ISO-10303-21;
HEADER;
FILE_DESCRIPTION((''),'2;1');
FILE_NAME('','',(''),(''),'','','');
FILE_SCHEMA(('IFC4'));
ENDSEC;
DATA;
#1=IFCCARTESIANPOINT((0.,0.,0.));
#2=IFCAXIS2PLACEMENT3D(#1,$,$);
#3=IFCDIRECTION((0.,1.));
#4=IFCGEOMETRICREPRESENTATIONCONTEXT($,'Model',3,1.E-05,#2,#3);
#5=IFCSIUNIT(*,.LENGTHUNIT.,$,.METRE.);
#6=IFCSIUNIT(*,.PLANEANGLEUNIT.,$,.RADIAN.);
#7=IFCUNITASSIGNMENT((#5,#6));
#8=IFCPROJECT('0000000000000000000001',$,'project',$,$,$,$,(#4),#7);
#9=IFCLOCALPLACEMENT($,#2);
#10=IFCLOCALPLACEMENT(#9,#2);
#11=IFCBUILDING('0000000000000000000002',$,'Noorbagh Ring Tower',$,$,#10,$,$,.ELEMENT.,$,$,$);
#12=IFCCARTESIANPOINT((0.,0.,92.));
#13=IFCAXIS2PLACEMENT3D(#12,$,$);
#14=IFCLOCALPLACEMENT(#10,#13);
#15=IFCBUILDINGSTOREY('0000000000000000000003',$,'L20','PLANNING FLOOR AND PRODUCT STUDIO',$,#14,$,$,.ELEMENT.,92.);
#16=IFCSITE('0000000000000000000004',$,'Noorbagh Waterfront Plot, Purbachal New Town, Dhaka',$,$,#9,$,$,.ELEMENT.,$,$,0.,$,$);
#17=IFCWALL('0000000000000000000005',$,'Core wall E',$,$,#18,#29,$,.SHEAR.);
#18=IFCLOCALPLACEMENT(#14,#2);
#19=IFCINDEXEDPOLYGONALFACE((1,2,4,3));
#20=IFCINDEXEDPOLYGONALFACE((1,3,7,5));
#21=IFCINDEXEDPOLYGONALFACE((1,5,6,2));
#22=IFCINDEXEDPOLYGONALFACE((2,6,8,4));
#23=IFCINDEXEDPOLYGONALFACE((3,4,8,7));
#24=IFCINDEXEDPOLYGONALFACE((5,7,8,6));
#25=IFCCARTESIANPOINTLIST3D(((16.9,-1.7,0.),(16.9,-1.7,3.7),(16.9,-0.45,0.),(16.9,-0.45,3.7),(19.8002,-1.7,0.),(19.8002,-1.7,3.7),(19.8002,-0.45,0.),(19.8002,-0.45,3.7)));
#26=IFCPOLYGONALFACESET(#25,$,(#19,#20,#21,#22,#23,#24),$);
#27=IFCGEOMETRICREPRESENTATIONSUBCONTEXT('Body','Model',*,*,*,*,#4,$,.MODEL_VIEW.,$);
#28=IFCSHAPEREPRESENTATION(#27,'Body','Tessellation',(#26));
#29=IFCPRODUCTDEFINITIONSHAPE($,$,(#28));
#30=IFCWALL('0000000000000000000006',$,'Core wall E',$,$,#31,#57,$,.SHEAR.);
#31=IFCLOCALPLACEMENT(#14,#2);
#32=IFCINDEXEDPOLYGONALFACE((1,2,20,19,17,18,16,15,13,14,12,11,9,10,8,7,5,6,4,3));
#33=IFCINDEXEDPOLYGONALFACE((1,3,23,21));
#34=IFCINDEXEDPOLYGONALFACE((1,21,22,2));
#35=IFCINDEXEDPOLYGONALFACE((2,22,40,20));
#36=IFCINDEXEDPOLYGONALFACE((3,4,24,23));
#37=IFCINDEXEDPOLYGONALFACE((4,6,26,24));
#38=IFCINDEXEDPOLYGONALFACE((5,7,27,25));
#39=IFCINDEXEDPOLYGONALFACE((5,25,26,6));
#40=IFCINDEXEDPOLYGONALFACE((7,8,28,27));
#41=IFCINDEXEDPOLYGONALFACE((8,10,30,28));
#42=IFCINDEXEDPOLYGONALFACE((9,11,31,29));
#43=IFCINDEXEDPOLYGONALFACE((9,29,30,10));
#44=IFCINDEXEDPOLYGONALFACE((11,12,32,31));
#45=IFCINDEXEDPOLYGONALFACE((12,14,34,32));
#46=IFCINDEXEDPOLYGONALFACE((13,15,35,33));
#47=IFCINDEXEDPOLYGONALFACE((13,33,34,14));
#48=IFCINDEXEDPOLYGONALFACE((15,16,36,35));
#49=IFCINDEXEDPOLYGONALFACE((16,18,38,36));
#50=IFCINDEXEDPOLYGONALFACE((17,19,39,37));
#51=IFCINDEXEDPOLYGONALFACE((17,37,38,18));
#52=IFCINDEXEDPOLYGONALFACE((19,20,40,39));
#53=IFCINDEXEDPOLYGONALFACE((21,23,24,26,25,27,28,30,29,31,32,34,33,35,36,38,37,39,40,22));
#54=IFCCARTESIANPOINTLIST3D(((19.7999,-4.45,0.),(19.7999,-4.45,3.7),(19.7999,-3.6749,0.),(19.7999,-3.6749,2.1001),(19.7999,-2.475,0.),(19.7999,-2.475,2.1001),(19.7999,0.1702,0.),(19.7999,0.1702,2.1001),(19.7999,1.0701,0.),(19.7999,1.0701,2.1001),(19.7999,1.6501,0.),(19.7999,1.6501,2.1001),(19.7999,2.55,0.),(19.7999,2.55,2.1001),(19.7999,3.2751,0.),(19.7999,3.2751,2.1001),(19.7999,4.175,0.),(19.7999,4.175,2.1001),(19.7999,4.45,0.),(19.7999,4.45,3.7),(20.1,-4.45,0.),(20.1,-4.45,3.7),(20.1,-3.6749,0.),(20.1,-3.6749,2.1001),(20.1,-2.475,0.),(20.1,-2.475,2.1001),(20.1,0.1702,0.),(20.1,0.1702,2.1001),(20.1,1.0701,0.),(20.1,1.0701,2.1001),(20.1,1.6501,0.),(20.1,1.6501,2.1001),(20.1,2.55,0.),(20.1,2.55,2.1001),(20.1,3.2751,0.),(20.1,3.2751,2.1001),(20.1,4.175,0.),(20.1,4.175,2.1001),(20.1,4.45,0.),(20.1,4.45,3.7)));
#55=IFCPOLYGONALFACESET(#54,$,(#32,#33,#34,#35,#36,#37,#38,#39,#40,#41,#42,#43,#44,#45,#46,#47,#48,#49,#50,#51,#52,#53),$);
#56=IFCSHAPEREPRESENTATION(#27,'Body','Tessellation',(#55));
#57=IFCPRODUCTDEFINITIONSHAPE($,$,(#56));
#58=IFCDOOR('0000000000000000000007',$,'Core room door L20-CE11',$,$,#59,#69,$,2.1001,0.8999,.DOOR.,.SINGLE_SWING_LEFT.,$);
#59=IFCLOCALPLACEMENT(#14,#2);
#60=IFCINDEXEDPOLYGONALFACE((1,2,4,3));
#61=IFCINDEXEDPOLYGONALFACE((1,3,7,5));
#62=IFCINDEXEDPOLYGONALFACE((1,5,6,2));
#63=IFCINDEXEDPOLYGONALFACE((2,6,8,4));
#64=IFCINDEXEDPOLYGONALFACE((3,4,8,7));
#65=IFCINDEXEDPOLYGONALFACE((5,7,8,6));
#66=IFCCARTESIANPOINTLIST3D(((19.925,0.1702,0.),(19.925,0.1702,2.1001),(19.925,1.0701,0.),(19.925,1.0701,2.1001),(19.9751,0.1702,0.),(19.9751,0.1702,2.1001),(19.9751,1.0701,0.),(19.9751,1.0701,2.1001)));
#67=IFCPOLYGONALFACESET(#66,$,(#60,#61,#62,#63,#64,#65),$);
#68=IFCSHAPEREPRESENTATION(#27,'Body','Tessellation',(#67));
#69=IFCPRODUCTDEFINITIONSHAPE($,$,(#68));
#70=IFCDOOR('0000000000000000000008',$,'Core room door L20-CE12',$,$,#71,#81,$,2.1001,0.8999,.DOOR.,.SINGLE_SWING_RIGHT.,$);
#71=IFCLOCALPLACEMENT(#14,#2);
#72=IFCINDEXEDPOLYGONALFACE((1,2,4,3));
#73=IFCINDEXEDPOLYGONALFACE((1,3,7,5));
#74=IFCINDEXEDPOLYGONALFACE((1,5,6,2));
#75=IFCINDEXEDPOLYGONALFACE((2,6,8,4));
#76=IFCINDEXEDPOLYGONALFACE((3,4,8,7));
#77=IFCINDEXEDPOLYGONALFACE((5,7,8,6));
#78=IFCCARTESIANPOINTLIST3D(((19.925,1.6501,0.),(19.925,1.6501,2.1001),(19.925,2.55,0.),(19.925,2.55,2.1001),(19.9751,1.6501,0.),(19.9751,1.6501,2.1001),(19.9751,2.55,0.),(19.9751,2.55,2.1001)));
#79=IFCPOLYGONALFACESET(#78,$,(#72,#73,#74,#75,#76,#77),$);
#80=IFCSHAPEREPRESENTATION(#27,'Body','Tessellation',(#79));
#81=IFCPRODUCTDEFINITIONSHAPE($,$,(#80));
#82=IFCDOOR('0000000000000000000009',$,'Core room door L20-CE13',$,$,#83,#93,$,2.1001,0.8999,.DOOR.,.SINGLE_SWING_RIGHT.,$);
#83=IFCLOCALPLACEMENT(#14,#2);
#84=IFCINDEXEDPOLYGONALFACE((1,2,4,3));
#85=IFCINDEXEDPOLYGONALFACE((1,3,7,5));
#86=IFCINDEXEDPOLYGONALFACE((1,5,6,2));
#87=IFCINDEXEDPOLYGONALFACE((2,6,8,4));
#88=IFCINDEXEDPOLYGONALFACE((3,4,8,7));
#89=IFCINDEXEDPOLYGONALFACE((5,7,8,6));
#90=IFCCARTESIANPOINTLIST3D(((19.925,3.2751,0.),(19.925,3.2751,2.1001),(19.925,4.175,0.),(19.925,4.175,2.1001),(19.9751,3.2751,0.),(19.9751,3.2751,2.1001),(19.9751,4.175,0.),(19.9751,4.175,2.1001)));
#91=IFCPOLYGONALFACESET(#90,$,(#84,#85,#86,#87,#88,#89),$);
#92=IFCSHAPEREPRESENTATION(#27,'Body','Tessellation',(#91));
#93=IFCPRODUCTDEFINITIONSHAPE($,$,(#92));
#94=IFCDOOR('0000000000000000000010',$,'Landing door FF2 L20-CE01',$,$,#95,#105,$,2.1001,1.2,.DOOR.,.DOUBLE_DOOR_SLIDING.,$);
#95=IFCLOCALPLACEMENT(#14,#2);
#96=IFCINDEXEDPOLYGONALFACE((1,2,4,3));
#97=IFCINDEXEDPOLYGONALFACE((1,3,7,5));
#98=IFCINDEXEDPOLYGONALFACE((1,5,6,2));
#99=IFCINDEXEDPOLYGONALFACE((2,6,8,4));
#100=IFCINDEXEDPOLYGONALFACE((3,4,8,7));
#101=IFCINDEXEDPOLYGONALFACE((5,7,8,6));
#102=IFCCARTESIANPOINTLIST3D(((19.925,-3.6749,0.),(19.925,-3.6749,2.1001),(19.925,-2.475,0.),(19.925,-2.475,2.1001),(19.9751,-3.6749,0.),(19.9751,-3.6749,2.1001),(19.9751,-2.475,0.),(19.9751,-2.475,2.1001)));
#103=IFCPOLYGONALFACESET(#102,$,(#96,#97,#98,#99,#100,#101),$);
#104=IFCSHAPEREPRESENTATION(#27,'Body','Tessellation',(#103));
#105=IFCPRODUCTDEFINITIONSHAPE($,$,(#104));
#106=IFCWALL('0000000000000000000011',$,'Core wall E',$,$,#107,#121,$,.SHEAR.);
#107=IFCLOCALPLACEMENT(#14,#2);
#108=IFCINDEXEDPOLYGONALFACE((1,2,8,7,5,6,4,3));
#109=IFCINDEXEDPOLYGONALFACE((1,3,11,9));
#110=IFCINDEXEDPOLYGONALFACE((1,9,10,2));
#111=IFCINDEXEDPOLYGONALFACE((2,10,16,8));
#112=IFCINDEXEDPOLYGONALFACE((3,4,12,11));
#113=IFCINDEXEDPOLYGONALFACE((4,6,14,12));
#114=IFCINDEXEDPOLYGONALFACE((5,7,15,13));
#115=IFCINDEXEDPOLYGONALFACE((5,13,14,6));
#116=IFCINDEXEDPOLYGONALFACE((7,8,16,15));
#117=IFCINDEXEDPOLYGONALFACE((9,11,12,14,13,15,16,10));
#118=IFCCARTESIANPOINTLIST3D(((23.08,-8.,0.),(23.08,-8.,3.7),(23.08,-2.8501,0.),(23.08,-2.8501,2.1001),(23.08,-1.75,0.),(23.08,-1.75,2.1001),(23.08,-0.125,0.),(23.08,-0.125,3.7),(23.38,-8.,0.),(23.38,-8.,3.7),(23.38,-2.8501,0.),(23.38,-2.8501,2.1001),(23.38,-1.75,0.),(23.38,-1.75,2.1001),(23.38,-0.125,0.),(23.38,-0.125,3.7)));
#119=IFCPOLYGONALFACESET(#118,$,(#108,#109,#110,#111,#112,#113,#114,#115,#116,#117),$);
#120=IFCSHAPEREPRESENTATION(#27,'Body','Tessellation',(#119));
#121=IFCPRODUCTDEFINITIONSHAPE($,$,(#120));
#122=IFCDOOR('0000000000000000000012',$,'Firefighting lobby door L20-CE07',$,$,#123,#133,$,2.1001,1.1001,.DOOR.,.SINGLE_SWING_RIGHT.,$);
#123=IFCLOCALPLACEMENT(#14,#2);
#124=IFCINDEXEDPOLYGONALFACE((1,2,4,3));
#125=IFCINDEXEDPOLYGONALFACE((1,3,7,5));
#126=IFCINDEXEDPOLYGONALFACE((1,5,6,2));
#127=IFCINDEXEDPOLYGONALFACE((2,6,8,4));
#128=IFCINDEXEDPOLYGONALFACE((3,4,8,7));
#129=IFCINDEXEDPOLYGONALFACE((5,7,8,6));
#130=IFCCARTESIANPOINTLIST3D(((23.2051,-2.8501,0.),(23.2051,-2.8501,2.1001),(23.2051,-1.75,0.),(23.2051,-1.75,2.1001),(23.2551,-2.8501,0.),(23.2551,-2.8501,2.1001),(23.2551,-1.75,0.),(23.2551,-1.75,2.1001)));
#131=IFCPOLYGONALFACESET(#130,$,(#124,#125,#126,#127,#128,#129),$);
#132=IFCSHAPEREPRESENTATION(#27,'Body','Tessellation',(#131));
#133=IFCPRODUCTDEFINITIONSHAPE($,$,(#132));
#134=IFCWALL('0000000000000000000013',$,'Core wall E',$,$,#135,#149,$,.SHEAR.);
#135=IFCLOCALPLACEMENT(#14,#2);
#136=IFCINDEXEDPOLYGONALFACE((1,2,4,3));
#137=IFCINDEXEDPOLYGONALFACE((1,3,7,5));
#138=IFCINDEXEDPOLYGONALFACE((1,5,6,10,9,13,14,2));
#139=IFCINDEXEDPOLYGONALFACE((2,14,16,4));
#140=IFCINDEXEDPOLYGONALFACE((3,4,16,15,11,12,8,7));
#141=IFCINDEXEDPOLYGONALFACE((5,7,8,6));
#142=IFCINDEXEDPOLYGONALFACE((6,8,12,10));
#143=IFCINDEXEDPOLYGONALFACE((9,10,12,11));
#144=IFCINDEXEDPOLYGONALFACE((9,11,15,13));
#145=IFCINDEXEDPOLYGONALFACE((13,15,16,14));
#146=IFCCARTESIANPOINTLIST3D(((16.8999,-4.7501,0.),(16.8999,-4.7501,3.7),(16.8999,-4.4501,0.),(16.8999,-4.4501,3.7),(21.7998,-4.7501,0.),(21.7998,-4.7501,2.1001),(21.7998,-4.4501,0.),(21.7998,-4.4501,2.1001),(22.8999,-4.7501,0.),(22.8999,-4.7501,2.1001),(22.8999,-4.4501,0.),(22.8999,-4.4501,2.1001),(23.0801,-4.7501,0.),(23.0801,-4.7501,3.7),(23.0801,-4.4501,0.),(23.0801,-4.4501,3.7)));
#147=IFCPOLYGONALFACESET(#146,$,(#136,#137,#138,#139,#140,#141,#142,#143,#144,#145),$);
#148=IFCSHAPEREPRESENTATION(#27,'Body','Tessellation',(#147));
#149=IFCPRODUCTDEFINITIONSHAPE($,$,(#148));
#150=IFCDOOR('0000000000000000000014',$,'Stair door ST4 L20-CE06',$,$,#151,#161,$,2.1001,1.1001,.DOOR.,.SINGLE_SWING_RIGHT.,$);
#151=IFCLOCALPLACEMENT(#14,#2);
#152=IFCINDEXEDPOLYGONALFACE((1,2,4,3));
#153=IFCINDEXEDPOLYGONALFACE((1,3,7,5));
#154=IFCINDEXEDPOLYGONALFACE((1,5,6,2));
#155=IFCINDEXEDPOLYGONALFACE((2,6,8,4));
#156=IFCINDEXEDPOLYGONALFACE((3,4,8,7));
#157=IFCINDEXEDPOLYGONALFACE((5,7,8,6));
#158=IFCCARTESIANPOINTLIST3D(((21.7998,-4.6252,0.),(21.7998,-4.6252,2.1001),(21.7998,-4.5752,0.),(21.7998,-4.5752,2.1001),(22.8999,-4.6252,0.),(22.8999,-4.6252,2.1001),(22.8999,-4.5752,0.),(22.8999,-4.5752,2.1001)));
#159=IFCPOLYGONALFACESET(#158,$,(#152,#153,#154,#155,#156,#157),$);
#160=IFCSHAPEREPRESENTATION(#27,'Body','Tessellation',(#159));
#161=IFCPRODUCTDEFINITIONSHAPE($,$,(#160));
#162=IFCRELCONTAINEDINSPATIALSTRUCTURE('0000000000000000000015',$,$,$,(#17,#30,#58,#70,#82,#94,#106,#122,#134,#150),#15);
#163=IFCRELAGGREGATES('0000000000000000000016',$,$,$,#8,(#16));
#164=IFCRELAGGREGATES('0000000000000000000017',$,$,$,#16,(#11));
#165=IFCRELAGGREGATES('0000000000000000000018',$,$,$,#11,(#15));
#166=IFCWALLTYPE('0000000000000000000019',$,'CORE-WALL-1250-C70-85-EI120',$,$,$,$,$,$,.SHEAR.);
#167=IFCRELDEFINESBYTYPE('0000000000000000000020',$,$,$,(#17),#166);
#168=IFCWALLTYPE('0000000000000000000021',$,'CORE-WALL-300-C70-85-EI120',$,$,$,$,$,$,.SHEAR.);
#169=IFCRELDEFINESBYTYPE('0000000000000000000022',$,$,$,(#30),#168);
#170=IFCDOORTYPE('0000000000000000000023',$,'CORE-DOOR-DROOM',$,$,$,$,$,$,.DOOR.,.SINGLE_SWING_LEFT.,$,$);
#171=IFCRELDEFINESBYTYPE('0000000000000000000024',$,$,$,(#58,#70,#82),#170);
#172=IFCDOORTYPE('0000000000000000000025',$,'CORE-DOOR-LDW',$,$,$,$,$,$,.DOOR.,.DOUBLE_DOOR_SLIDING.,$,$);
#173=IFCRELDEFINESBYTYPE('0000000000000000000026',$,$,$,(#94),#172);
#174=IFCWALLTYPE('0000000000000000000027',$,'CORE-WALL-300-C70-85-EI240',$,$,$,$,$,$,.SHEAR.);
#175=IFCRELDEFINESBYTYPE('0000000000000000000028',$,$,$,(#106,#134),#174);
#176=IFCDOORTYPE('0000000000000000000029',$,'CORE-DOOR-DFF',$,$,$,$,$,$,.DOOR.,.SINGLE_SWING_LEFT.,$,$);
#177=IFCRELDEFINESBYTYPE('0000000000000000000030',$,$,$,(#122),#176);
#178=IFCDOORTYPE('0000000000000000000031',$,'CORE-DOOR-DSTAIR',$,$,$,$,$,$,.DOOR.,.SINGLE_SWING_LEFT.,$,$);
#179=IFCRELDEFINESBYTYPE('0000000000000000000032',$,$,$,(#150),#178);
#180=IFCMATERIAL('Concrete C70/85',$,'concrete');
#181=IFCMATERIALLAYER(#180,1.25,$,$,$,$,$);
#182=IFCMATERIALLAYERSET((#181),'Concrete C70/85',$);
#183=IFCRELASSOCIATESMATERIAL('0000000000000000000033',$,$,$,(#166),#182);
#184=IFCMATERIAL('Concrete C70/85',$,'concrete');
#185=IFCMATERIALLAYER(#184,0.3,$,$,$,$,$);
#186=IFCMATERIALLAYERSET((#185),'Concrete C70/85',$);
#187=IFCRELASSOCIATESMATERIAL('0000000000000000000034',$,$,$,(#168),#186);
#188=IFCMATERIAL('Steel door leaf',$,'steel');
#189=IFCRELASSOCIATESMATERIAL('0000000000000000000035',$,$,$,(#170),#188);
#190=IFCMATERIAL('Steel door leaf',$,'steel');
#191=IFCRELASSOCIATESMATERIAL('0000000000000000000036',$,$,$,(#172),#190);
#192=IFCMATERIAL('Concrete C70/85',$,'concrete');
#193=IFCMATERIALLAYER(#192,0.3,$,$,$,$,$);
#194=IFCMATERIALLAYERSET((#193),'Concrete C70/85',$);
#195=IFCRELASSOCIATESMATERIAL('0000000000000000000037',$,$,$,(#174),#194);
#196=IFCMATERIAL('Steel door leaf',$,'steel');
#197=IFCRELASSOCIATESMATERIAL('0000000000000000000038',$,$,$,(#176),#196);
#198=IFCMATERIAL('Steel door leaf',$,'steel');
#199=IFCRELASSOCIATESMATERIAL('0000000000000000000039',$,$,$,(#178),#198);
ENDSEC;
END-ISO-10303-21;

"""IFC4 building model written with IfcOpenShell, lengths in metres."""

from ifc_helpers import new_model, si_unit, direction, frame, frame_2d, origin, place, context, subcontext, project, spatial, rectangle, extrude, material, layer, layer_set, type_object, element, fill, save


model = new_model("IFC4")

# Units and contexts
model_context = context("Model", 3, precision=1e-05, world=origin(), true_north=direction((0.0, 1.0)))
body_context = subcontext(model_context, "Body", "Model", "MODEL_VIEW")
ifc_project = project(units=[si_unit("LENGTHUNIT", "METRE"), si_unit("PLANEANGLEUNIT", "RADIAN")], contexts=[model_context])

# Site, building, storey
site_placement = place(None, origin())
site = spatial("IfcSite", under=ifc_project, at=site_placement, Name="Noorbagh Waterfront Plot, Purbachal New Town, Dhaka", CompositionType="ELEMENT", RefElevation=0.0)
building_placement = place(site_placement, origin())
building = spatial("IfcBuilding", under=site, at=building_placement, Name="Noorbagh Ring Tower", CompositionType="ELEMENT")
storey_placement = place(building_placement, frame((0.0, 0.0, 92.0)))
storey = spatial("IfcBuildingStorey", under=building, at=storey_placement, Name="L20", Description="PLANNING FLOOR AND PRODUCT STUDIO", CompositionType="ELEMENT", Elevation=92.0)

# Wall
ifc_material_1 = material(Name="Concrete C70/85", Category="concrete")
ifc_layer_1 = layer(ifc_material_1, 1.25)
ifc_layer_set_1 = layer_set([ifc_layer_1], Name="Concrete C70/85")
wall_type_1 = type_object("IfcWallType", Name="CORE-WALL-1250-C70-85-EI120", PredefinedType="SHEAR", material=ifc_layer_set_1)
wall_1_placement = place(storey_placement, frame((16.8999, -1.075, 0.0), z_axis=(0.0, 0.0, 1.0), x_axis=(1.0, 0.0, 0.0)))
element("IfcWall", 1, at=wall_1_placement, inside=storey, type_object=wall_type_1, Name="Core wall E", PredefinedType="SHEAR", context=body_context, shape_type="SweptSolid", body=[
    extrude(rectangle(XDim=2.9001, YDim=1.25, at=frame_2d((1.4502, 0.0))), origin(), (0.0, 0.0, 1.0), 3.7),
])

# Wall, openings, doors
ifc_material_2 = material(Name="Concrete C70/85", Category="concrete")
ifc_layer_2 = layer(ifc_material_2, 0.3)
ifc_layer_set_2 = layer_set([ifc_layer_2], Name="Concrete C70/85")
wall_type_2 = type_object("IfcWallType", Name="CORE-WALL-300-C70-85-EI120", PredefinedType="SHEAR", material=ifc_layer_set_2)
wall_2_placement = place(storey_placement, frame((19.95, -4.45, 0.0), z_axis=(0.0, 0.0, 1.0), x_axis=(0.0, 1.0, 0.0)))
wall_2 = element("IfcWall", 2, at=wall_2_placement, inside=storey, type_object=wall_type_2, Name="Core wall E", PredefinedType="SHEAR", context=body_context, shape_type="SweptSolid", body=[
    extrude(rectangle(XDim=8.8999, YDim=0.3, at=frame_2d((4.45, 0.0))), origin(), (0.0, 0.0, 1.0), 3.7),
])
opening_1_placement = place(wall_2_placement, frame((0.7749, 0.0, 0.0)))
opening_1 = element("IfcOpeningElement", 3, at=opening_1_placement, cuts=wall_2, PredefinedType="OPENING", context=body_context, shape_type="SweptSolid", body=[
    extrude(rectangle(XDim=1.2, YDim=2.1001, at=frame_2d((0.6001, 1.05))), frame((0.0, 0.1602, 0.0), z_axis=(0.0, -1.0, 0.0), x_axis=(1.0, 0.0, 0.0)), (0.0, 0.0, 1.0), 0.3201),
])
opening_2_placement = place(wall_2_placement, frame((4.6201, 0.0, 0.0)))
opening_2 = element("IfcOpeningElement", 4, at=opening_2_placement, cuts=wall_2, PredefinedType="OPENING", context=body_context, shape_type="SweptSolid", body=[
    extrude(rectangle(XDim=0.8999, YDim=2.1001, at=frame_2d((0.45, 1.05))), frame((0.0, 0.1602, 0.0), z_axis=(0.0, -1.0, 0.0), x_axis=(1.0, 0.0, 0.0)), (0.0, 0.0, 1.0), 0.3201),
])
opening_3_placement = place(wall_2_placement, frame((6.1001, 0.0, 0.0)))
opening_3 = element("IfcOpeningElement", 5, at=opening_3_placement, cuts=wall_2, PredefinedType="OPENING", context=body_context, shape_type="SweptSolid", body=[
    extrude(rectangle(XDim=0.8999, YDim=2.1001, at=frame_2d((0.45, 1.05))), frame((0.0, 0.1602, 0.0), z_axis=(0.0, -1.0, 0.0), x_axis=(1.0, 0.0, 0.0)), (0.0, 0.0, 1.0), 0.3201),
])
opening_4_placement = place(wall_2_placement, frame((7.7251, 0.0, 0.0)))
opening_4 = element("IfcOpeningElement", 6, at=opening_4_placement, cuts=wall_2, PredefinedType="OPENING", context=body_context, shape_type="SweptSolid", body=[
    extrude(rectangle(XDim=0.8999, YDim=2.1001, at=frame_2d((0.45, 1.05))), frame((0.0, 0.1602, 0.0), z_axis=(0.0, -1.0, 0.0), x_axis=(1.0, 0.0, 0.0)), (0.0, 0.0, 1.0), 0.3201),
])
ifc_material_3 = material(Name="Steel door leaf", Category="steel")
door_type_1 = type_object("IfcDoorType", Name="CORE-DOOR-DROOM", OperationType="SINGLE_SWING_LEFT", PredefinedType="DOOR", material=ifc_material_3)
door_1_placement = place(opening_2_placement, origin())
door_1 = element("IfcDoor", 7, at=door_1_placement, inside=storey, type_object=door_type_1, Name="Core room door L20-CE11", OperationType="SINGLE_SWING_LEFT", OverallHeight=2.1001, OverallWidth=0.8999, PredefinedType="DOOR", context=body_context, shape_type="SweptSolid", body=[
    extrude(rectangle(XDim=0.8999, YDim=2.1001, at=frame_2d((0.45, 1.05))), frame((0.0, 0.0249, 0.0), z_axis=(0.0, -1.0, 0.0), x_axis=(1.0, 0.0, 0.0)), (0.0, 0.0, 1.0), 0.05),
])
fill(opening_2, door_1)
door_2_placement = place(opening_3_placement, origin())
door_2 = element("IfcDoor", 8, at=door_2_placement, inside=storey, type_object=door_type_1, Name="Core room door L20-CE12", OperationType="SINGLE_SWING_RIGHT", OverallHeight=2.1001, OverallWidth=0.8999, PredefinedType="DOOR", context=body_context, shape_type="SweptSolid", body=[
    extrude(rectangle(XDim=0.8999, YDim=2.1001, at=frame_2d((0.45, 1.05))), frame((0.0, 0.0249, 0.0), z_axis=(0.0, -1.0, 0.0), x_axis=(1.0, 0.0, 0.0)), (0.0, 0.0, 1.0), 0.05),
])
fill(opening_3, door_2)
door_3_placement = place(opening_4_placement, origin())
door_3 = element("IfcDoor", 9, at=door_3_placement, inside=storey, type_object=door_type_1, Name="Core room door L20-CE13", OperationType="SINGLE_SWING_RIGHT", OverallHeight=2.1001, OverallWidth=0.8999, PredefinedType="DOOR", context=body_context, shape_type="SweptSolid", body=[
    extrude(rectangle(XDim=0.8999, YDim=2.1001, at=frame_2d((0.45, 1.05))), frame((0.0, 0.0249, 0.0), z_axis=(0.0, -1.0, 0.0), x_axis=(1.0, 0.0, 0.0)), (0.0, 0.0, 1.0), 0.05),
])
fill(opening_4, door_3)
ifc_material_4 = material(Name="Steel door leaf", Category="steel")
door_type_2 = type_object("IfcDoorType", Name="CORE-DOOR-LDW", OperationType="DOUBLE_DOOR_SLIDING", PredefinedType="DOOR", material=ifc_material_4)
door_4_placement = place(opening_1_placement, origin())
door_4 = element("IfcDoor", 10, at=door_4_placement, inside=storey, type_object=door_type_2, Name="Landing door FF2 L20-CE01", OperationType="DOUBLE_DOOR_SLIDING", OverallHeight=2.1001, OverallWidth=1.2, PredefinedType="DOOR", context=body_context, shape_type="SweptSolid", body=[
    extrude(rectangle(XDim=1.2, YDim=2.1001, at=frame_2d((0.6001, 1.05))), frame((0.0, 0.0249, 0.0), z_axis=(0.0, -1.0, 0.0), x_axis=(1.0, 0.0, 0.0)), (0.0, 0.0, 1.0), 0.05),
])
fill(opening_1, door_4)

# Walls, openings, doors
ifc_material_5 = material(Name="Concrete C70/85", Category="concrete")
ifc_layer_3 = layer(ifc_material_5, 0.3)
ifc_layer_set_3 = layer_set([ifc_layer_3], Name="Concrete C70/85")
wall_type_3 = type_object("IfcWallType", Name="CORE-WALL-300-C70-85-EI240", PredefinedType="SHEAR", material=ifc_layer_set_3)
wall_3_placement = place(storey_placement, frame((23.23, -8.0, 0.0), z_axis=(0.0, 0.0, 1.0), x_axis=(0.0, 1.0, 0.0)))
wall_3 = element("IfcWall", 11, at=wall_3_placement, inside=storey, type_object=wall_type_3, Name="Core wall E", PredefinedType="SHEAR", context=body_context, shape_type="SweptSolid", body=[
    extrude(rectangle(XDim=7.875, YDim=0.3, at=frame_2d((3.9375, 0.0))), origin(), (0.0, 0.0, 1.0), 3.7),
])
opening_5_placement = place(wall_3_placement, frame((5.1499, 0.0, 0.0)))
opening_5 = element("IfcOpeningElement", 12, at=opening_5_placement, cuts=wall_3, PredefinedType="OPENING", context=body_context, shape_type="SweptSolid", body=[
    extrude(rectangle(XDim=1.1001, YDim=2.1001, at=frame_2d((0.55, 1.05))), frame((0.0, 0.1602, 0.0), z_axis=(0.0, -1.0, 0.0), x_axis=(1.0, 0.0, 0.0)), (0.0, 0.0, 1.0), 0.3201),
])
ifc_material_6 = material(Name="Steel door leaf", Category="steel")
door_type_3 = type_object("IfcDoorType", Name="CORE-DOOR-DFF", OperationType="SINGLE_SWING_LEFT", PredefinedType="DOOR", material=ifc_material_6)
door_5_placement = place(opening_5_placement, origin())
door_5 = element("IfcDoor", 13, at=door_5_placement, inside=storey, type_object=door_type_3, Name="Firefighting lobby door L20-CE07", OperationType="SINGLE_SWING_RIGHT", OverallHeight=2.1001, OverallWidth=1.1001, PredefinedType="DOOR", context=body_context, shape_type="SweptSolid", body=[
    extrude(rectangle(XDim=1.1001, YDim=2.1001, at=frame_2d((0.55, 1.05))), frame((0.0, 0.0249, 0.0), z_axis=(0.0, -1.0, 0.0), x_axis=(1.0, 0.0, 0.0)), (0.0, 0.0, 1.0), 0.05),
])
fill(opening_5, door_5)
wall_4_placement = place(storey_placement, frame((16.8999, -4.6001, 0.0), z_axis=(0.0, 0.0, 1.0), x_axis=(1.0, 0.0, 0.0)))
wall_4 = element("IfcWall", 14, at=wall_4_placement, inside=storey, type_object=wall_type_3, Name="Core wall E", PredefinedType="SHEAR", context=body_context, shape_type="SweptSolid", body=[
    extrude(rectangle(XDim=6.1802, YDim=0.3, at=frame_2d((3.0901, 0.0))), origin(), (0.0, 0.0, 1.0), 3.7),
])
opening_6_placement = place(wall_4_placement, frame((4.8999, 0.0, 0.0)))
opening_6 = element("IfcOpeningElement", 15, at=opening_6_placement, cuts=wall_4, PredefinedType="OPENING", context=body_context, shape_type="SweptSolid", body=[
    extrude(rectangle(XDim=1.1001, YDim=2.1001, at=frame_2d((0.55, 1.05))), frame((0.0, 0.1602, 0.0), z_axis=(0.0, -1.0, 0.0), x_axis=(1.0, 0.0, 0.0)), (0.0, 0.0, 1.0), 0.3201),
])
ifc_material_7 = material(Name="Steel door leaf", Category="steel")
door_type_4 = type_object("IfcDoorType", Name="CORE-DOOR-DSTAIR", OperationType="SINGLE_SWING_LEFT", PredefinedType="DOOR", material=ifc_material_7)
door_6_placement = place(opening_6_placement, origin())
door_6 = element("IfcDoor", 16, at=door_6_placement, inside=storey, type_object=door_type_4, Name="Stair door ST4 L20-CE06", OperationType="SINGLE_SWING_RIGHT", OverallHeight=2.1001, OverallWidth=1.1001, PredefinedType="DOOR", context=body_context, shape_type="SweptSolid", body=[
    extrude(rectangle(XDim=1.1001, YDim=2.1001, at=frame_2d((0.55, 1.05))), frame((0.0, 0.0249, 0.0), z_axis=(0.0, -1.0, 0.0), x_axis=(1.0, 0.0, 0.0)), (0.0, 0.0, 1.0), 0.05),
])
fill(opening_6, door_6)

save(model, "model.ifc")
